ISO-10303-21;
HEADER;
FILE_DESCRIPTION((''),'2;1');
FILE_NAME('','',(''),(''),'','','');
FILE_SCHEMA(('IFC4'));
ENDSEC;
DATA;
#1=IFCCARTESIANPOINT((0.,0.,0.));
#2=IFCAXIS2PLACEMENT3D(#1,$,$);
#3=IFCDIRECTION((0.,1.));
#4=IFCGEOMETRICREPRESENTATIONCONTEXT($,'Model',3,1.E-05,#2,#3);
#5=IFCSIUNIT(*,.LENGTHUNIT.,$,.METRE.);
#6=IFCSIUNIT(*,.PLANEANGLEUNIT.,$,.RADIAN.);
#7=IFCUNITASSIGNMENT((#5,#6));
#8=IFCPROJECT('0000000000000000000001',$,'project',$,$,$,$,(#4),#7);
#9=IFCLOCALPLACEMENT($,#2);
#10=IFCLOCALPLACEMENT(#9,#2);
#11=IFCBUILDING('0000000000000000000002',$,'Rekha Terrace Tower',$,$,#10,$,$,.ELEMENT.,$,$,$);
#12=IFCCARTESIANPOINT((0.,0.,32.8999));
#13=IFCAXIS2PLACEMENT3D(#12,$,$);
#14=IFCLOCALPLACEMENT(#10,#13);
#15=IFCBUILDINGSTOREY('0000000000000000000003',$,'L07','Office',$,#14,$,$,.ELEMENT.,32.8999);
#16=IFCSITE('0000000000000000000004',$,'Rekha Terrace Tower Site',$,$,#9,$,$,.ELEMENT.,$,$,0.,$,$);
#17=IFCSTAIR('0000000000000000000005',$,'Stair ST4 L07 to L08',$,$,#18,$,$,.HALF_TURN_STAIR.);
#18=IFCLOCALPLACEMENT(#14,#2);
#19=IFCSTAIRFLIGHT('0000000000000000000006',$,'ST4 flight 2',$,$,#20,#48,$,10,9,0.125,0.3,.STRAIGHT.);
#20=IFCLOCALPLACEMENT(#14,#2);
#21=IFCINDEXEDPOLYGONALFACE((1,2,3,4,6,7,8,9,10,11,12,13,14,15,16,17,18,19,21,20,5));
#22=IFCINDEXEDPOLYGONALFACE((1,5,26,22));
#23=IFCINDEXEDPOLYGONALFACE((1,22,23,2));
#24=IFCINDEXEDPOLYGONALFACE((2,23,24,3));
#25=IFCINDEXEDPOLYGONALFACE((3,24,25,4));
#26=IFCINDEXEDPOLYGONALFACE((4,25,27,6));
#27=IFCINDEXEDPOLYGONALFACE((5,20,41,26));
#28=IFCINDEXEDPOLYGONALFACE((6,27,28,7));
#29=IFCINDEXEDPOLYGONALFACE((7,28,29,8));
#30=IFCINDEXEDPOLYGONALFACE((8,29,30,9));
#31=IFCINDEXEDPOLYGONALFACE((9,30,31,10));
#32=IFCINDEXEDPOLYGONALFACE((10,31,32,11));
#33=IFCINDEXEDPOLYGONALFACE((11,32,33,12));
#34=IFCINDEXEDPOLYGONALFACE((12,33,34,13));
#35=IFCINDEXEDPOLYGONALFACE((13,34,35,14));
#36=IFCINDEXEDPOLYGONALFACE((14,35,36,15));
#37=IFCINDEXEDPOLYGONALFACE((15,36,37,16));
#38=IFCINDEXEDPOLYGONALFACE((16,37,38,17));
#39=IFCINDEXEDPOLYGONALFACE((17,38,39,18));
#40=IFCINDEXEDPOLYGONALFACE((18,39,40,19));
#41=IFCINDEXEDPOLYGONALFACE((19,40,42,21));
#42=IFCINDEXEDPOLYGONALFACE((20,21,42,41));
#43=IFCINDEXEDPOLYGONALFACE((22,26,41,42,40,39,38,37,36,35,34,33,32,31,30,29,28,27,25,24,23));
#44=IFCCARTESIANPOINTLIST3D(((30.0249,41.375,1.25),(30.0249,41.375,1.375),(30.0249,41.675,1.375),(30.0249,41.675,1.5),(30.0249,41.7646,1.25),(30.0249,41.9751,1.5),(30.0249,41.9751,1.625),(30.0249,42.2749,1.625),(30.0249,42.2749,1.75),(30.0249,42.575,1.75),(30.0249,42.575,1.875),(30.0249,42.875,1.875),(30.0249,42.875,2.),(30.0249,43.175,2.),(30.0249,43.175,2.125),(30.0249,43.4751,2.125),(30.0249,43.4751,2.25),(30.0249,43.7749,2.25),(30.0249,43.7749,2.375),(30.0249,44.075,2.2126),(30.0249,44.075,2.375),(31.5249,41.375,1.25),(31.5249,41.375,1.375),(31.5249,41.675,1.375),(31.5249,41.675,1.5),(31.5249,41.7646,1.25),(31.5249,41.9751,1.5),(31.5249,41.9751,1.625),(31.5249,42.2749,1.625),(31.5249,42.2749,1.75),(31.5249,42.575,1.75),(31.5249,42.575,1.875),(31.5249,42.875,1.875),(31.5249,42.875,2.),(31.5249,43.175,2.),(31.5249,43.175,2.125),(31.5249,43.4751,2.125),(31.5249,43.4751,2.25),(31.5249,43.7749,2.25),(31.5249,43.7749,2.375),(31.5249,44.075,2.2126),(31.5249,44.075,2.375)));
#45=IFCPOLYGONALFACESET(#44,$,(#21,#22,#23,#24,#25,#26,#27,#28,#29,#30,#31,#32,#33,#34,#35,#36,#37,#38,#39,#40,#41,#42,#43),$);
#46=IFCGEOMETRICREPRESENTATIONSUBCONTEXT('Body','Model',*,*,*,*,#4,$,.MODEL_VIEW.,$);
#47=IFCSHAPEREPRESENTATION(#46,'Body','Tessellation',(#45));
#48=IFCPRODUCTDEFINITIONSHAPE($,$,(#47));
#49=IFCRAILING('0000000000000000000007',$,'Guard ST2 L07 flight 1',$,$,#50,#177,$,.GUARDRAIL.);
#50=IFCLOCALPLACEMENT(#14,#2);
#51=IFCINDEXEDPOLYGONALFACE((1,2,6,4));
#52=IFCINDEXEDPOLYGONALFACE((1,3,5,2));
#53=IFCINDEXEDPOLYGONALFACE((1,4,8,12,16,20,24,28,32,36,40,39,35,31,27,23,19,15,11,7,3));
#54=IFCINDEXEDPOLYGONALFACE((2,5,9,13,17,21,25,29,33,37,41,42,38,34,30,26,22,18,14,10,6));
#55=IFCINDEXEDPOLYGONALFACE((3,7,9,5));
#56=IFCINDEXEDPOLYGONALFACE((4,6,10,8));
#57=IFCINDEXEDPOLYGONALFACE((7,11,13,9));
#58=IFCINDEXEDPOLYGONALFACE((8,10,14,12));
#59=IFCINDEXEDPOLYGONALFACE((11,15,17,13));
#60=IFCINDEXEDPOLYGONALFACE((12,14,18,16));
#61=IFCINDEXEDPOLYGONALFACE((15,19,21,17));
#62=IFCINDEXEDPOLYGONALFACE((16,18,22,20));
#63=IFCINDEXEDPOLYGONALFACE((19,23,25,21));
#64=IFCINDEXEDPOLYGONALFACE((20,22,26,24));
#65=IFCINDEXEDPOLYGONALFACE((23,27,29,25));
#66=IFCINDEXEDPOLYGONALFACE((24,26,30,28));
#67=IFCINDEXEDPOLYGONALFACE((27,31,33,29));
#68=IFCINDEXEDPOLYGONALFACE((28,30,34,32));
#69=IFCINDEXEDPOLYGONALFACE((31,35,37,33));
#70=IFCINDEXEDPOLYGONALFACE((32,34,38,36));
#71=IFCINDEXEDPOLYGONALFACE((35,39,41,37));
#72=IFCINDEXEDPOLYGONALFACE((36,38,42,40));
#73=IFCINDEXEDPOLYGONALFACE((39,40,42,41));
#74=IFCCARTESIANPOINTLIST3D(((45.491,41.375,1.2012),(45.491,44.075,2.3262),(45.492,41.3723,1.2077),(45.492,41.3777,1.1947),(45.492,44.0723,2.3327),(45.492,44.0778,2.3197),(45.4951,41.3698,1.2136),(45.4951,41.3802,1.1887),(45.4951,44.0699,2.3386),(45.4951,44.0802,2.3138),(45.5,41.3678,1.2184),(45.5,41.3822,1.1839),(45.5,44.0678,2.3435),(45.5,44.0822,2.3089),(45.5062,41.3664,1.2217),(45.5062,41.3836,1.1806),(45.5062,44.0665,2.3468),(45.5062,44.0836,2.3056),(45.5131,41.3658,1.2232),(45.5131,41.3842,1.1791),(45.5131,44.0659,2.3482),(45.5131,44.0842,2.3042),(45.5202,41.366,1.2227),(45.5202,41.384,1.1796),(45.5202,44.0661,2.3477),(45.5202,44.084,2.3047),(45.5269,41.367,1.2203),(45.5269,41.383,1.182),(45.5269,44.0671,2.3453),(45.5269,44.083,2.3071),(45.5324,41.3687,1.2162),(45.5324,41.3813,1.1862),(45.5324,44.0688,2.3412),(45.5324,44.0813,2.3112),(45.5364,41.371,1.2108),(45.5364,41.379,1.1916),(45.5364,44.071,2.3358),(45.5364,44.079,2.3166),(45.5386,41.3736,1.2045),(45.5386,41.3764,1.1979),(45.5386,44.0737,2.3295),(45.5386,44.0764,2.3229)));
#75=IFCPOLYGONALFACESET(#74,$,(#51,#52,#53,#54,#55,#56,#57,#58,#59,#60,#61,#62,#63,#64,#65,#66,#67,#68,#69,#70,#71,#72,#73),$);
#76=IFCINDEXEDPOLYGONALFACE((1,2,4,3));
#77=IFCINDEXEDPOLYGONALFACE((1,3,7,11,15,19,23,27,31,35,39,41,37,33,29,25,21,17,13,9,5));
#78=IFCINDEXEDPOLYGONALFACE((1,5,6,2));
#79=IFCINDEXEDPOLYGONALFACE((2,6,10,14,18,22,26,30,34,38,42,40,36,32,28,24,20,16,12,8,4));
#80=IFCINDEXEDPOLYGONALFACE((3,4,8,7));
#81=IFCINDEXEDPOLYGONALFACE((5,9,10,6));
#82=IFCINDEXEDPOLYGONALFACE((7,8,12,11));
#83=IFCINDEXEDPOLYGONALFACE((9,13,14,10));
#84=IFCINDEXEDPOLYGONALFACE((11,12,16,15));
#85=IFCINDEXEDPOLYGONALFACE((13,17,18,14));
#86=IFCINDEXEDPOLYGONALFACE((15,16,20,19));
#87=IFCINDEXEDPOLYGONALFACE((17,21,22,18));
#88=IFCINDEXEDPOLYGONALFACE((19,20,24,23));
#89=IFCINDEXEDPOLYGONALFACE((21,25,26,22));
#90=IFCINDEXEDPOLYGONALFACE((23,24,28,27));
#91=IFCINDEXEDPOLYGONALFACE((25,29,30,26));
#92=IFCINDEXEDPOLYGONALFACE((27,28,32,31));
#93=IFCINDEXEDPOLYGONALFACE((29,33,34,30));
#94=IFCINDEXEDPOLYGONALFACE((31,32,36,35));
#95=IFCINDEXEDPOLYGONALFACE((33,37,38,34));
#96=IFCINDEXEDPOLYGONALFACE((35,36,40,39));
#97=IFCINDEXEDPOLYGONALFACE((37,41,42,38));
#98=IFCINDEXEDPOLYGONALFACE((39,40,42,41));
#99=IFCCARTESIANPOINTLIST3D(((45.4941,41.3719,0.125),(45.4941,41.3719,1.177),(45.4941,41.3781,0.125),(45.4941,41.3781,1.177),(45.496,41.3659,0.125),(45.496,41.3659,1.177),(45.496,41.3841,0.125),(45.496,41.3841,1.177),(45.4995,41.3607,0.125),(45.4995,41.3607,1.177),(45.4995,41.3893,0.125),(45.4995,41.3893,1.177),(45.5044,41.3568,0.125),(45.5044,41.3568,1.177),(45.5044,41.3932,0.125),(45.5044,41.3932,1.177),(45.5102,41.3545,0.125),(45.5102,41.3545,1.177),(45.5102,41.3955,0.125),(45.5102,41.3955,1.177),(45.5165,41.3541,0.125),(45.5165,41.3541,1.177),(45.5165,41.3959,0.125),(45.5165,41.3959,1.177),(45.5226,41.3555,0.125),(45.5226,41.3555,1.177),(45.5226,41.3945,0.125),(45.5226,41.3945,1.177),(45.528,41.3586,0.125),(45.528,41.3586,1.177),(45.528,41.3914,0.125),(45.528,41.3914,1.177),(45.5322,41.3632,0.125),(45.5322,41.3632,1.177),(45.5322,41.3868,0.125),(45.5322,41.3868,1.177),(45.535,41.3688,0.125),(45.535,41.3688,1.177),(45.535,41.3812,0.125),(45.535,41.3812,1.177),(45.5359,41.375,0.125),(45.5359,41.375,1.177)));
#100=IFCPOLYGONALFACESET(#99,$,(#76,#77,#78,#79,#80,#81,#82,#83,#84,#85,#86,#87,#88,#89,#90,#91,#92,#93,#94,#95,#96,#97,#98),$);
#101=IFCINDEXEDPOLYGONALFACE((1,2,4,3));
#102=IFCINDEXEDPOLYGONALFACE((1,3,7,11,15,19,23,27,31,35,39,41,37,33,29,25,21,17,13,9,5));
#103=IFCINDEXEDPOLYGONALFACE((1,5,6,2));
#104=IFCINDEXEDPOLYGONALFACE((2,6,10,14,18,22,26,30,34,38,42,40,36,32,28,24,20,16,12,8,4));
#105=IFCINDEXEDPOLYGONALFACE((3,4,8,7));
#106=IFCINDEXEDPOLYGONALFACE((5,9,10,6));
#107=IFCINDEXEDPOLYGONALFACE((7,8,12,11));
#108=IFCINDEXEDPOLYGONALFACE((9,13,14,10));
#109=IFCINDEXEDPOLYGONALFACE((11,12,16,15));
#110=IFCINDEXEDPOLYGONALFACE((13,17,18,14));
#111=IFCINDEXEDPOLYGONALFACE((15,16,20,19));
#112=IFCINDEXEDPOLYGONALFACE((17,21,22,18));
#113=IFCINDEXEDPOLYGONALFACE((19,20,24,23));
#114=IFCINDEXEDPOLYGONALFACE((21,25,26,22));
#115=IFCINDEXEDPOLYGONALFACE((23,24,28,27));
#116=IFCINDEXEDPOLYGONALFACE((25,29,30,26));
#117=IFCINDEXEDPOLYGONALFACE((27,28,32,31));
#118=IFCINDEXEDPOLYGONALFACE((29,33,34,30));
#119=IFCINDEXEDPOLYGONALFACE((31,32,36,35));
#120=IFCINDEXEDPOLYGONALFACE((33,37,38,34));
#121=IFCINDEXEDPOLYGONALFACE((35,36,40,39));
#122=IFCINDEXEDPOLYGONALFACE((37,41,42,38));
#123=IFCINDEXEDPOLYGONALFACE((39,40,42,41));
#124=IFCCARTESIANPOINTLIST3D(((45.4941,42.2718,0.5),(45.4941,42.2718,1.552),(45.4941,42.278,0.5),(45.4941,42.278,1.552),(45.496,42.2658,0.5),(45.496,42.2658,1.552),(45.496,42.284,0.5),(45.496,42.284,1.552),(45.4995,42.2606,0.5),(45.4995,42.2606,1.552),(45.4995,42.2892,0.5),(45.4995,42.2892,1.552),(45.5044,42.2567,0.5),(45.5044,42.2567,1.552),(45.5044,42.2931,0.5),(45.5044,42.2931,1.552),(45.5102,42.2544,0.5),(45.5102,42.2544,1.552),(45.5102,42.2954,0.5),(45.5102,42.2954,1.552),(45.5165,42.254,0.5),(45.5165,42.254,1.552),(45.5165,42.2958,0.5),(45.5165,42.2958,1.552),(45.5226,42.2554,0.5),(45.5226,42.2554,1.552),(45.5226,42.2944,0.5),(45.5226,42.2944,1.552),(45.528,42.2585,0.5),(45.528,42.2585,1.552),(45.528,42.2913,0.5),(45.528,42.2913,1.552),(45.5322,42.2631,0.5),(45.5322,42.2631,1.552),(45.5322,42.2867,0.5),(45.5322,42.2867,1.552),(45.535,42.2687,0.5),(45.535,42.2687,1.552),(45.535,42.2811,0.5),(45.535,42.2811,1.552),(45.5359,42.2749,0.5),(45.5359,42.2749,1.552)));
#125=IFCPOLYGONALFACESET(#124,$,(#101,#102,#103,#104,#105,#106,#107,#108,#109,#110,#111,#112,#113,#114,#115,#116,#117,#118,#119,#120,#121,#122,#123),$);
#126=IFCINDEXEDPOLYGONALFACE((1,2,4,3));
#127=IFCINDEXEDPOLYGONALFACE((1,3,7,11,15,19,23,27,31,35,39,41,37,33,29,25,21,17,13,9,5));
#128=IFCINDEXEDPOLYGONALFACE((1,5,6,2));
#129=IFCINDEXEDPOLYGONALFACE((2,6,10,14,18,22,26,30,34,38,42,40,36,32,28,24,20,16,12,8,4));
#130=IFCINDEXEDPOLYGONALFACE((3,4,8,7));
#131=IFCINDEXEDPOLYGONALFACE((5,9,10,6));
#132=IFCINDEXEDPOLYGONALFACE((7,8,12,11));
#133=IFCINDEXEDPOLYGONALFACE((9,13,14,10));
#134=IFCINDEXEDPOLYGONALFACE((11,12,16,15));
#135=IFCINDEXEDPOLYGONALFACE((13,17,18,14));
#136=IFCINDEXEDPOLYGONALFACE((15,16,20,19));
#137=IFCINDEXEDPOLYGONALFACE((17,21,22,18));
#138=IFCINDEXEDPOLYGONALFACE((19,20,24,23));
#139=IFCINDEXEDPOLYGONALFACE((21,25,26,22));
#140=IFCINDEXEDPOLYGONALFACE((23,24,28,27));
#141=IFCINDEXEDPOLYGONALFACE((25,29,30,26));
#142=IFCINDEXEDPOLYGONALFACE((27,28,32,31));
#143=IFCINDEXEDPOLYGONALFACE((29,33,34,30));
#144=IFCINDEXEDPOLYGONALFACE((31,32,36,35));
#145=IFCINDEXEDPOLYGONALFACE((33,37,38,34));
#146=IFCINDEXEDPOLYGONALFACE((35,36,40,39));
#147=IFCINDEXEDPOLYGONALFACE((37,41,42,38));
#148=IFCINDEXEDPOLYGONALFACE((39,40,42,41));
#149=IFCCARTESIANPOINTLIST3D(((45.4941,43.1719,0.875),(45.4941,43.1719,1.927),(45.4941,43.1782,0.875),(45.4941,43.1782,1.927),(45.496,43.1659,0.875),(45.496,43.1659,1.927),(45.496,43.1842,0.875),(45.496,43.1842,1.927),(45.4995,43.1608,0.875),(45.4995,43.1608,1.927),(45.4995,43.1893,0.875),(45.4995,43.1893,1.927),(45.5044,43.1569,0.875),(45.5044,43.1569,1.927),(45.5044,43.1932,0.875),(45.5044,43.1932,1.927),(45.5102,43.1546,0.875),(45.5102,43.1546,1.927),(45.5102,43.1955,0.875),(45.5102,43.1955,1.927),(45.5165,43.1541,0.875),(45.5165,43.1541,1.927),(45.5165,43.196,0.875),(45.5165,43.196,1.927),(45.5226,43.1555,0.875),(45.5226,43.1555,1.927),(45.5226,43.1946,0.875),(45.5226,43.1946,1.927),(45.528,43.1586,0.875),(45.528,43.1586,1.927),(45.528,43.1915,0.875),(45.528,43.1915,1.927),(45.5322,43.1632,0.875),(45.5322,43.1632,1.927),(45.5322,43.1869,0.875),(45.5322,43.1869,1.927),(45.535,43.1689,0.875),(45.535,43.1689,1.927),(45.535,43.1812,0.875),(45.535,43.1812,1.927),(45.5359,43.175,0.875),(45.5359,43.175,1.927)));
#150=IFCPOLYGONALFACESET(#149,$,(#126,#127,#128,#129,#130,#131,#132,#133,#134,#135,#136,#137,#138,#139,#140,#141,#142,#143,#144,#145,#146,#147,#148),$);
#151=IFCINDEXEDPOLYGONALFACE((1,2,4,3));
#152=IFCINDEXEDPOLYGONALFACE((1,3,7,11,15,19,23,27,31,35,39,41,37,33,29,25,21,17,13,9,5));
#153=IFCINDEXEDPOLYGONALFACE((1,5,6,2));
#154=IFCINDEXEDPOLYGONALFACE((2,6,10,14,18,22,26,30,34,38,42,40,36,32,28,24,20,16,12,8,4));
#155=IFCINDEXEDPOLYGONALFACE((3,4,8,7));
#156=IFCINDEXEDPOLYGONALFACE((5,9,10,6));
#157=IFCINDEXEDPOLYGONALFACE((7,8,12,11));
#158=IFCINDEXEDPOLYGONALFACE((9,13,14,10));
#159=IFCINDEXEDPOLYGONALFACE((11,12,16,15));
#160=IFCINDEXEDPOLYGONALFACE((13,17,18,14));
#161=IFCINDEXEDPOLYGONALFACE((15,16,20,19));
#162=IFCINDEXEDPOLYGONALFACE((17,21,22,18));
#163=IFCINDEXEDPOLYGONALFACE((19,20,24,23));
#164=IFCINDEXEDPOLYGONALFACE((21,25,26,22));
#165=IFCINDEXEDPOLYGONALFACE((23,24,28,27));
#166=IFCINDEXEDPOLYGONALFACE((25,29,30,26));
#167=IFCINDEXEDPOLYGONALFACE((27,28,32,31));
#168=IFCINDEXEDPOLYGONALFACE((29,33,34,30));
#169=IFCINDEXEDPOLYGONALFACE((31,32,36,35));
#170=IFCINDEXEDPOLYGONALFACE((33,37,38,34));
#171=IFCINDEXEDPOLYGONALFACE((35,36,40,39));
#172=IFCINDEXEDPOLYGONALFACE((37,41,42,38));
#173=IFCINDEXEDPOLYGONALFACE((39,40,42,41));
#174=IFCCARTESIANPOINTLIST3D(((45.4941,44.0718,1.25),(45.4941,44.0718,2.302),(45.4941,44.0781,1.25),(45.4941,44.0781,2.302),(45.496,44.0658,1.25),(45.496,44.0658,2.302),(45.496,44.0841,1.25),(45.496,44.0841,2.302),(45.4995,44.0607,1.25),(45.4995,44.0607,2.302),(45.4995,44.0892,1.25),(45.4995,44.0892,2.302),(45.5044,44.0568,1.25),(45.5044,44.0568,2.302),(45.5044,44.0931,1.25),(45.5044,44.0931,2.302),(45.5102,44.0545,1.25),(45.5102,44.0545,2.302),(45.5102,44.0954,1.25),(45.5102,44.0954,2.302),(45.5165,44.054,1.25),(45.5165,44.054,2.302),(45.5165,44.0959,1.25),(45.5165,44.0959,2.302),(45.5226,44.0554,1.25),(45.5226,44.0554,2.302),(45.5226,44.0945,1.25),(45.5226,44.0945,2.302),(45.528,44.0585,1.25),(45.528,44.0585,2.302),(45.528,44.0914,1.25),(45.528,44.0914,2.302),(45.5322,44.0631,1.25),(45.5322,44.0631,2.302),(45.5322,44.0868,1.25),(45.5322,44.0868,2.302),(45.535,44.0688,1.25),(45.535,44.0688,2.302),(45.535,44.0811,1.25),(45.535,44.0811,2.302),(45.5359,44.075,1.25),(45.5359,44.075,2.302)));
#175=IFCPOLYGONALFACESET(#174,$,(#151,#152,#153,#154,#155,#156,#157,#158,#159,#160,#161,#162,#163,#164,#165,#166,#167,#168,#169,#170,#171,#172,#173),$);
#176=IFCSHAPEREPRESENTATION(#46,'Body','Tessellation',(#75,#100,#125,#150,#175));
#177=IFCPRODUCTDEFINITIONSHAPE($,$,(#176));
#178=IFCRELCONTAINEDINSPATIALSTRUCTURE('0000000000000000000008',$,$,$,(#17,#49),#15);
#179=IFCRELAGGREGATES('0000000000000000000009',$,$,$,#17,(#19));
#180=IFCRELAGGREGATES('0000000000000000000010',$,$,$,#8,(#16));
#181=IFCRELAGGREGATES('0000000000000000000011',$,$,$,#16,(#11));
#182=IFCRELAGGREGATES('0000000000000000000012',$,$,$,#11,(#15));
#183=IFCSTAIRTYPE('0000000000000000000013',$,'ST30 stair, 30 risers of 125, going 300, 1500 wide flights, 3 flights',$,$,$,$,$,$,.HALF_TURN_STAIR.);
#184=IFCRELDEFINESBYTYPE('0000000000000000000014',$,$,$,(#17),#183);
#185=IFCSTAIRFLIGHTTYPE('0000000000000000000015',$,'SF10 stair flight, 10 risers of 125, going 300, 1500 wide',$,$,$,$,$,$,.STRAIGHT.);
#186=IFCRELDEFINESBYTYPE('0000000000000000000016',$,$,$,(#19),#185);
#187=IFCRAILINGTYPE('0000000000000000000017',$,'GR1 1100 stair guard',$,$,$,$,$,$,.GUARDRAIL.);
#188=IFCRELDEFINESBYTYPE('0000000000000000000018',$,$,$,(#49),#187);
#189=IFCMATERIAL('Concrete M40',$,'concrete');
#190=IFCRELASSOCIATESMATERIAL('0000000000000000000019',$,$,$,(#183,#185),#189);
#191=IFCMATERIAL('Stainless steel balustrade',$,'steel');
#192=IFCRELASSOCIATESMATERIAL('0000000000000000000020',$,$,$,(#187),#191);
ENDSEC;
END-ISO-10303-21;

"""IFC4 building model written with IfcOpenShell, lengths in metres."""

from ifc_helpers import new_model, si_unit, direction, frame, origin, origin_2d, place, context, subcontext, project, spatial, polyline, circle, outline, extrude, material, type_object, element, aggregate, save


model = new_model("IFC4")

# Units and contexts
model_context = context("Model", 3, precision=1e-05, world=origin(), true_north=direction((0.0, 1.0)))
body_context = subcontext(model_context, "Body", "Model", "MODEL_VIEW")
ifc_project = project(units=[si_unit("LENGTHUNIT", "METRE"), si_unit("PLANEANGLEUNIT", "RADIAN")], contexts=[model_context])

# Site, building, storey
site_placement = place(None, origin())
site = spatial("IfcSite", under=ifc_project, at=site_placement, Name="Rekha Terrace Tower Site", CompositionType="ELEMENT", RefElevation=0.0)
building_placement = place(site_placement, origin())
building = spatial("IfcBuilding", under=site, at=building_placement, Name="Rekha Terrace Tower", CompositionType="ELEMENT")
storey_placement = place(building_placement, frame((0.0, 0.0, 32.8999)))
storey = spatial("IfcBuildingStorey", under=building, at=storey_placement, Name="L07", Description="Office", CompositionType="ELEMENT", Elevation=32.8999)

# Shared definitions
ifc_material_1 = material(Name="Concrete M40", Category="concrete")
stair_type = type_object("IfcStairType", Name="ST30 stair, 30 risers of 125, going 300, 1500 wide flights, 3 flights", PredefinedType="HALF_TURN_STAIR", material=ifc_material_1)
stair_flight_type = type_object("IfcStairFlightType", Name="SF10 stair flight, 10 risers of 125, going 300, 1500 wide", PredefinedType="STRAIGHT", material=ifc_material_1)

# Stair, stair flight
stair_1_placement = place(storey_placement, origin())
stair_1 = element("IfcStair", 1, at=stair_1_placement, inside=storey, type_object=stair_type, Name="Stair ST4 L07 to L08", PredefinedType="HALF_TURN_STAIR")
stair_flight_1_placement = place(storey_placement, frame((30.7749, 41.375, 1.25), z_axis=(0.0, 0.0, 1.0), x_axis=(0.0, 1.0, 0.0)))
stair_flight_1 = element("IfcStairFlight", 2, at=stair_flight_1_placement, type_object=stair_flight_type, Name="ST4 flight 2", NumberOfRisers=10, NumberOfTreads=9, PredefinedType="STRAIGHT", RiserHeight=0.125, TreadLength=0.3, context=body_context, shape_type="SweptSolid", body=[
    extrude(outline(polyline([(0.0, 0.0), (0.0, 0.125), (0.3, 0.125), (0.3, 0.25), (0.6001, 0.25), (0.6001, 0.375), (0.8999, 0.375), (0.8999, 0.5), (1.2, 0.5), (1.2, 0.625), (1.5, 0.625), (1.5, 0.75), (1.8, 0.75), (1.8, 0.875), (2.1001, 0.875), (2.1001, 1.0), (2.3999, 1.0), (2.3999, 1.125), (2.7, 1.125), (2.7, 1.25), (2.7, 0.9626), (0.3896, 0.0), (0.0, 0.0)])), frame((0.0, 0.75, 0.0), z_axis=(0.0, -1.0, 0.0), x_axis=(1.0, 0.0, 0.0)), (0.0, 0.0, 1.0), 1.5),
])
aggregate(stair_1, [stair_flight_1])

# Railing
ifc_material_2 = material(Name="Stainless steel balustrade", Category="steel")
railing_type_1 = type_object("IfcRailingType", Name="GR1 1100 stair guard", PredefinedType="GUARDRAIL", material=ifc_material_2)
railing_1_placement = place(storey_placement, frame((45.5149, 41.375, 0.125)))
element("IfcRailing", 3, at=railing_1_placement, inside=storey, type_object=railing_type_1, Name="Guard ST2 L07 flight 1", PredefinedType="GUARDRAIL", context=body_context, shape_type="SweptSolid", body=[
    extrude(circle(Radius=0.0239, at=origin_2d()), frame((0.0, 0.0, 1.0762), z_axis=(0.0, 0.923074, 0.384621), x_axis=(-1.0, 0.0, 0.0)), (0.0, 0.0, 1.0), 2.925),
    extrude(circle(Radius=0.021, at=origin_2d()), origin(), (0.0, 0.0, 1.0), 1.052),
    extrude(circle(Radius=0.021, at=origin_2d()), frame((0.0, 0.8999, 0.375)), (0.0, 0.0, 1.0), 1.052),
    extrude(circle(Radius=0.021, at=origin_2d()), frame((0.0, 1.8, 0.75)), (0.0, 0.0, 1.0), 1.052),
    extrude(circle(Radius=0.021, at=origin_2d()), frame((0.0, 2.7, 1.125)), (0.0, 0.0, 1.0), 1.052),
])

save(model, "model.ifc")
